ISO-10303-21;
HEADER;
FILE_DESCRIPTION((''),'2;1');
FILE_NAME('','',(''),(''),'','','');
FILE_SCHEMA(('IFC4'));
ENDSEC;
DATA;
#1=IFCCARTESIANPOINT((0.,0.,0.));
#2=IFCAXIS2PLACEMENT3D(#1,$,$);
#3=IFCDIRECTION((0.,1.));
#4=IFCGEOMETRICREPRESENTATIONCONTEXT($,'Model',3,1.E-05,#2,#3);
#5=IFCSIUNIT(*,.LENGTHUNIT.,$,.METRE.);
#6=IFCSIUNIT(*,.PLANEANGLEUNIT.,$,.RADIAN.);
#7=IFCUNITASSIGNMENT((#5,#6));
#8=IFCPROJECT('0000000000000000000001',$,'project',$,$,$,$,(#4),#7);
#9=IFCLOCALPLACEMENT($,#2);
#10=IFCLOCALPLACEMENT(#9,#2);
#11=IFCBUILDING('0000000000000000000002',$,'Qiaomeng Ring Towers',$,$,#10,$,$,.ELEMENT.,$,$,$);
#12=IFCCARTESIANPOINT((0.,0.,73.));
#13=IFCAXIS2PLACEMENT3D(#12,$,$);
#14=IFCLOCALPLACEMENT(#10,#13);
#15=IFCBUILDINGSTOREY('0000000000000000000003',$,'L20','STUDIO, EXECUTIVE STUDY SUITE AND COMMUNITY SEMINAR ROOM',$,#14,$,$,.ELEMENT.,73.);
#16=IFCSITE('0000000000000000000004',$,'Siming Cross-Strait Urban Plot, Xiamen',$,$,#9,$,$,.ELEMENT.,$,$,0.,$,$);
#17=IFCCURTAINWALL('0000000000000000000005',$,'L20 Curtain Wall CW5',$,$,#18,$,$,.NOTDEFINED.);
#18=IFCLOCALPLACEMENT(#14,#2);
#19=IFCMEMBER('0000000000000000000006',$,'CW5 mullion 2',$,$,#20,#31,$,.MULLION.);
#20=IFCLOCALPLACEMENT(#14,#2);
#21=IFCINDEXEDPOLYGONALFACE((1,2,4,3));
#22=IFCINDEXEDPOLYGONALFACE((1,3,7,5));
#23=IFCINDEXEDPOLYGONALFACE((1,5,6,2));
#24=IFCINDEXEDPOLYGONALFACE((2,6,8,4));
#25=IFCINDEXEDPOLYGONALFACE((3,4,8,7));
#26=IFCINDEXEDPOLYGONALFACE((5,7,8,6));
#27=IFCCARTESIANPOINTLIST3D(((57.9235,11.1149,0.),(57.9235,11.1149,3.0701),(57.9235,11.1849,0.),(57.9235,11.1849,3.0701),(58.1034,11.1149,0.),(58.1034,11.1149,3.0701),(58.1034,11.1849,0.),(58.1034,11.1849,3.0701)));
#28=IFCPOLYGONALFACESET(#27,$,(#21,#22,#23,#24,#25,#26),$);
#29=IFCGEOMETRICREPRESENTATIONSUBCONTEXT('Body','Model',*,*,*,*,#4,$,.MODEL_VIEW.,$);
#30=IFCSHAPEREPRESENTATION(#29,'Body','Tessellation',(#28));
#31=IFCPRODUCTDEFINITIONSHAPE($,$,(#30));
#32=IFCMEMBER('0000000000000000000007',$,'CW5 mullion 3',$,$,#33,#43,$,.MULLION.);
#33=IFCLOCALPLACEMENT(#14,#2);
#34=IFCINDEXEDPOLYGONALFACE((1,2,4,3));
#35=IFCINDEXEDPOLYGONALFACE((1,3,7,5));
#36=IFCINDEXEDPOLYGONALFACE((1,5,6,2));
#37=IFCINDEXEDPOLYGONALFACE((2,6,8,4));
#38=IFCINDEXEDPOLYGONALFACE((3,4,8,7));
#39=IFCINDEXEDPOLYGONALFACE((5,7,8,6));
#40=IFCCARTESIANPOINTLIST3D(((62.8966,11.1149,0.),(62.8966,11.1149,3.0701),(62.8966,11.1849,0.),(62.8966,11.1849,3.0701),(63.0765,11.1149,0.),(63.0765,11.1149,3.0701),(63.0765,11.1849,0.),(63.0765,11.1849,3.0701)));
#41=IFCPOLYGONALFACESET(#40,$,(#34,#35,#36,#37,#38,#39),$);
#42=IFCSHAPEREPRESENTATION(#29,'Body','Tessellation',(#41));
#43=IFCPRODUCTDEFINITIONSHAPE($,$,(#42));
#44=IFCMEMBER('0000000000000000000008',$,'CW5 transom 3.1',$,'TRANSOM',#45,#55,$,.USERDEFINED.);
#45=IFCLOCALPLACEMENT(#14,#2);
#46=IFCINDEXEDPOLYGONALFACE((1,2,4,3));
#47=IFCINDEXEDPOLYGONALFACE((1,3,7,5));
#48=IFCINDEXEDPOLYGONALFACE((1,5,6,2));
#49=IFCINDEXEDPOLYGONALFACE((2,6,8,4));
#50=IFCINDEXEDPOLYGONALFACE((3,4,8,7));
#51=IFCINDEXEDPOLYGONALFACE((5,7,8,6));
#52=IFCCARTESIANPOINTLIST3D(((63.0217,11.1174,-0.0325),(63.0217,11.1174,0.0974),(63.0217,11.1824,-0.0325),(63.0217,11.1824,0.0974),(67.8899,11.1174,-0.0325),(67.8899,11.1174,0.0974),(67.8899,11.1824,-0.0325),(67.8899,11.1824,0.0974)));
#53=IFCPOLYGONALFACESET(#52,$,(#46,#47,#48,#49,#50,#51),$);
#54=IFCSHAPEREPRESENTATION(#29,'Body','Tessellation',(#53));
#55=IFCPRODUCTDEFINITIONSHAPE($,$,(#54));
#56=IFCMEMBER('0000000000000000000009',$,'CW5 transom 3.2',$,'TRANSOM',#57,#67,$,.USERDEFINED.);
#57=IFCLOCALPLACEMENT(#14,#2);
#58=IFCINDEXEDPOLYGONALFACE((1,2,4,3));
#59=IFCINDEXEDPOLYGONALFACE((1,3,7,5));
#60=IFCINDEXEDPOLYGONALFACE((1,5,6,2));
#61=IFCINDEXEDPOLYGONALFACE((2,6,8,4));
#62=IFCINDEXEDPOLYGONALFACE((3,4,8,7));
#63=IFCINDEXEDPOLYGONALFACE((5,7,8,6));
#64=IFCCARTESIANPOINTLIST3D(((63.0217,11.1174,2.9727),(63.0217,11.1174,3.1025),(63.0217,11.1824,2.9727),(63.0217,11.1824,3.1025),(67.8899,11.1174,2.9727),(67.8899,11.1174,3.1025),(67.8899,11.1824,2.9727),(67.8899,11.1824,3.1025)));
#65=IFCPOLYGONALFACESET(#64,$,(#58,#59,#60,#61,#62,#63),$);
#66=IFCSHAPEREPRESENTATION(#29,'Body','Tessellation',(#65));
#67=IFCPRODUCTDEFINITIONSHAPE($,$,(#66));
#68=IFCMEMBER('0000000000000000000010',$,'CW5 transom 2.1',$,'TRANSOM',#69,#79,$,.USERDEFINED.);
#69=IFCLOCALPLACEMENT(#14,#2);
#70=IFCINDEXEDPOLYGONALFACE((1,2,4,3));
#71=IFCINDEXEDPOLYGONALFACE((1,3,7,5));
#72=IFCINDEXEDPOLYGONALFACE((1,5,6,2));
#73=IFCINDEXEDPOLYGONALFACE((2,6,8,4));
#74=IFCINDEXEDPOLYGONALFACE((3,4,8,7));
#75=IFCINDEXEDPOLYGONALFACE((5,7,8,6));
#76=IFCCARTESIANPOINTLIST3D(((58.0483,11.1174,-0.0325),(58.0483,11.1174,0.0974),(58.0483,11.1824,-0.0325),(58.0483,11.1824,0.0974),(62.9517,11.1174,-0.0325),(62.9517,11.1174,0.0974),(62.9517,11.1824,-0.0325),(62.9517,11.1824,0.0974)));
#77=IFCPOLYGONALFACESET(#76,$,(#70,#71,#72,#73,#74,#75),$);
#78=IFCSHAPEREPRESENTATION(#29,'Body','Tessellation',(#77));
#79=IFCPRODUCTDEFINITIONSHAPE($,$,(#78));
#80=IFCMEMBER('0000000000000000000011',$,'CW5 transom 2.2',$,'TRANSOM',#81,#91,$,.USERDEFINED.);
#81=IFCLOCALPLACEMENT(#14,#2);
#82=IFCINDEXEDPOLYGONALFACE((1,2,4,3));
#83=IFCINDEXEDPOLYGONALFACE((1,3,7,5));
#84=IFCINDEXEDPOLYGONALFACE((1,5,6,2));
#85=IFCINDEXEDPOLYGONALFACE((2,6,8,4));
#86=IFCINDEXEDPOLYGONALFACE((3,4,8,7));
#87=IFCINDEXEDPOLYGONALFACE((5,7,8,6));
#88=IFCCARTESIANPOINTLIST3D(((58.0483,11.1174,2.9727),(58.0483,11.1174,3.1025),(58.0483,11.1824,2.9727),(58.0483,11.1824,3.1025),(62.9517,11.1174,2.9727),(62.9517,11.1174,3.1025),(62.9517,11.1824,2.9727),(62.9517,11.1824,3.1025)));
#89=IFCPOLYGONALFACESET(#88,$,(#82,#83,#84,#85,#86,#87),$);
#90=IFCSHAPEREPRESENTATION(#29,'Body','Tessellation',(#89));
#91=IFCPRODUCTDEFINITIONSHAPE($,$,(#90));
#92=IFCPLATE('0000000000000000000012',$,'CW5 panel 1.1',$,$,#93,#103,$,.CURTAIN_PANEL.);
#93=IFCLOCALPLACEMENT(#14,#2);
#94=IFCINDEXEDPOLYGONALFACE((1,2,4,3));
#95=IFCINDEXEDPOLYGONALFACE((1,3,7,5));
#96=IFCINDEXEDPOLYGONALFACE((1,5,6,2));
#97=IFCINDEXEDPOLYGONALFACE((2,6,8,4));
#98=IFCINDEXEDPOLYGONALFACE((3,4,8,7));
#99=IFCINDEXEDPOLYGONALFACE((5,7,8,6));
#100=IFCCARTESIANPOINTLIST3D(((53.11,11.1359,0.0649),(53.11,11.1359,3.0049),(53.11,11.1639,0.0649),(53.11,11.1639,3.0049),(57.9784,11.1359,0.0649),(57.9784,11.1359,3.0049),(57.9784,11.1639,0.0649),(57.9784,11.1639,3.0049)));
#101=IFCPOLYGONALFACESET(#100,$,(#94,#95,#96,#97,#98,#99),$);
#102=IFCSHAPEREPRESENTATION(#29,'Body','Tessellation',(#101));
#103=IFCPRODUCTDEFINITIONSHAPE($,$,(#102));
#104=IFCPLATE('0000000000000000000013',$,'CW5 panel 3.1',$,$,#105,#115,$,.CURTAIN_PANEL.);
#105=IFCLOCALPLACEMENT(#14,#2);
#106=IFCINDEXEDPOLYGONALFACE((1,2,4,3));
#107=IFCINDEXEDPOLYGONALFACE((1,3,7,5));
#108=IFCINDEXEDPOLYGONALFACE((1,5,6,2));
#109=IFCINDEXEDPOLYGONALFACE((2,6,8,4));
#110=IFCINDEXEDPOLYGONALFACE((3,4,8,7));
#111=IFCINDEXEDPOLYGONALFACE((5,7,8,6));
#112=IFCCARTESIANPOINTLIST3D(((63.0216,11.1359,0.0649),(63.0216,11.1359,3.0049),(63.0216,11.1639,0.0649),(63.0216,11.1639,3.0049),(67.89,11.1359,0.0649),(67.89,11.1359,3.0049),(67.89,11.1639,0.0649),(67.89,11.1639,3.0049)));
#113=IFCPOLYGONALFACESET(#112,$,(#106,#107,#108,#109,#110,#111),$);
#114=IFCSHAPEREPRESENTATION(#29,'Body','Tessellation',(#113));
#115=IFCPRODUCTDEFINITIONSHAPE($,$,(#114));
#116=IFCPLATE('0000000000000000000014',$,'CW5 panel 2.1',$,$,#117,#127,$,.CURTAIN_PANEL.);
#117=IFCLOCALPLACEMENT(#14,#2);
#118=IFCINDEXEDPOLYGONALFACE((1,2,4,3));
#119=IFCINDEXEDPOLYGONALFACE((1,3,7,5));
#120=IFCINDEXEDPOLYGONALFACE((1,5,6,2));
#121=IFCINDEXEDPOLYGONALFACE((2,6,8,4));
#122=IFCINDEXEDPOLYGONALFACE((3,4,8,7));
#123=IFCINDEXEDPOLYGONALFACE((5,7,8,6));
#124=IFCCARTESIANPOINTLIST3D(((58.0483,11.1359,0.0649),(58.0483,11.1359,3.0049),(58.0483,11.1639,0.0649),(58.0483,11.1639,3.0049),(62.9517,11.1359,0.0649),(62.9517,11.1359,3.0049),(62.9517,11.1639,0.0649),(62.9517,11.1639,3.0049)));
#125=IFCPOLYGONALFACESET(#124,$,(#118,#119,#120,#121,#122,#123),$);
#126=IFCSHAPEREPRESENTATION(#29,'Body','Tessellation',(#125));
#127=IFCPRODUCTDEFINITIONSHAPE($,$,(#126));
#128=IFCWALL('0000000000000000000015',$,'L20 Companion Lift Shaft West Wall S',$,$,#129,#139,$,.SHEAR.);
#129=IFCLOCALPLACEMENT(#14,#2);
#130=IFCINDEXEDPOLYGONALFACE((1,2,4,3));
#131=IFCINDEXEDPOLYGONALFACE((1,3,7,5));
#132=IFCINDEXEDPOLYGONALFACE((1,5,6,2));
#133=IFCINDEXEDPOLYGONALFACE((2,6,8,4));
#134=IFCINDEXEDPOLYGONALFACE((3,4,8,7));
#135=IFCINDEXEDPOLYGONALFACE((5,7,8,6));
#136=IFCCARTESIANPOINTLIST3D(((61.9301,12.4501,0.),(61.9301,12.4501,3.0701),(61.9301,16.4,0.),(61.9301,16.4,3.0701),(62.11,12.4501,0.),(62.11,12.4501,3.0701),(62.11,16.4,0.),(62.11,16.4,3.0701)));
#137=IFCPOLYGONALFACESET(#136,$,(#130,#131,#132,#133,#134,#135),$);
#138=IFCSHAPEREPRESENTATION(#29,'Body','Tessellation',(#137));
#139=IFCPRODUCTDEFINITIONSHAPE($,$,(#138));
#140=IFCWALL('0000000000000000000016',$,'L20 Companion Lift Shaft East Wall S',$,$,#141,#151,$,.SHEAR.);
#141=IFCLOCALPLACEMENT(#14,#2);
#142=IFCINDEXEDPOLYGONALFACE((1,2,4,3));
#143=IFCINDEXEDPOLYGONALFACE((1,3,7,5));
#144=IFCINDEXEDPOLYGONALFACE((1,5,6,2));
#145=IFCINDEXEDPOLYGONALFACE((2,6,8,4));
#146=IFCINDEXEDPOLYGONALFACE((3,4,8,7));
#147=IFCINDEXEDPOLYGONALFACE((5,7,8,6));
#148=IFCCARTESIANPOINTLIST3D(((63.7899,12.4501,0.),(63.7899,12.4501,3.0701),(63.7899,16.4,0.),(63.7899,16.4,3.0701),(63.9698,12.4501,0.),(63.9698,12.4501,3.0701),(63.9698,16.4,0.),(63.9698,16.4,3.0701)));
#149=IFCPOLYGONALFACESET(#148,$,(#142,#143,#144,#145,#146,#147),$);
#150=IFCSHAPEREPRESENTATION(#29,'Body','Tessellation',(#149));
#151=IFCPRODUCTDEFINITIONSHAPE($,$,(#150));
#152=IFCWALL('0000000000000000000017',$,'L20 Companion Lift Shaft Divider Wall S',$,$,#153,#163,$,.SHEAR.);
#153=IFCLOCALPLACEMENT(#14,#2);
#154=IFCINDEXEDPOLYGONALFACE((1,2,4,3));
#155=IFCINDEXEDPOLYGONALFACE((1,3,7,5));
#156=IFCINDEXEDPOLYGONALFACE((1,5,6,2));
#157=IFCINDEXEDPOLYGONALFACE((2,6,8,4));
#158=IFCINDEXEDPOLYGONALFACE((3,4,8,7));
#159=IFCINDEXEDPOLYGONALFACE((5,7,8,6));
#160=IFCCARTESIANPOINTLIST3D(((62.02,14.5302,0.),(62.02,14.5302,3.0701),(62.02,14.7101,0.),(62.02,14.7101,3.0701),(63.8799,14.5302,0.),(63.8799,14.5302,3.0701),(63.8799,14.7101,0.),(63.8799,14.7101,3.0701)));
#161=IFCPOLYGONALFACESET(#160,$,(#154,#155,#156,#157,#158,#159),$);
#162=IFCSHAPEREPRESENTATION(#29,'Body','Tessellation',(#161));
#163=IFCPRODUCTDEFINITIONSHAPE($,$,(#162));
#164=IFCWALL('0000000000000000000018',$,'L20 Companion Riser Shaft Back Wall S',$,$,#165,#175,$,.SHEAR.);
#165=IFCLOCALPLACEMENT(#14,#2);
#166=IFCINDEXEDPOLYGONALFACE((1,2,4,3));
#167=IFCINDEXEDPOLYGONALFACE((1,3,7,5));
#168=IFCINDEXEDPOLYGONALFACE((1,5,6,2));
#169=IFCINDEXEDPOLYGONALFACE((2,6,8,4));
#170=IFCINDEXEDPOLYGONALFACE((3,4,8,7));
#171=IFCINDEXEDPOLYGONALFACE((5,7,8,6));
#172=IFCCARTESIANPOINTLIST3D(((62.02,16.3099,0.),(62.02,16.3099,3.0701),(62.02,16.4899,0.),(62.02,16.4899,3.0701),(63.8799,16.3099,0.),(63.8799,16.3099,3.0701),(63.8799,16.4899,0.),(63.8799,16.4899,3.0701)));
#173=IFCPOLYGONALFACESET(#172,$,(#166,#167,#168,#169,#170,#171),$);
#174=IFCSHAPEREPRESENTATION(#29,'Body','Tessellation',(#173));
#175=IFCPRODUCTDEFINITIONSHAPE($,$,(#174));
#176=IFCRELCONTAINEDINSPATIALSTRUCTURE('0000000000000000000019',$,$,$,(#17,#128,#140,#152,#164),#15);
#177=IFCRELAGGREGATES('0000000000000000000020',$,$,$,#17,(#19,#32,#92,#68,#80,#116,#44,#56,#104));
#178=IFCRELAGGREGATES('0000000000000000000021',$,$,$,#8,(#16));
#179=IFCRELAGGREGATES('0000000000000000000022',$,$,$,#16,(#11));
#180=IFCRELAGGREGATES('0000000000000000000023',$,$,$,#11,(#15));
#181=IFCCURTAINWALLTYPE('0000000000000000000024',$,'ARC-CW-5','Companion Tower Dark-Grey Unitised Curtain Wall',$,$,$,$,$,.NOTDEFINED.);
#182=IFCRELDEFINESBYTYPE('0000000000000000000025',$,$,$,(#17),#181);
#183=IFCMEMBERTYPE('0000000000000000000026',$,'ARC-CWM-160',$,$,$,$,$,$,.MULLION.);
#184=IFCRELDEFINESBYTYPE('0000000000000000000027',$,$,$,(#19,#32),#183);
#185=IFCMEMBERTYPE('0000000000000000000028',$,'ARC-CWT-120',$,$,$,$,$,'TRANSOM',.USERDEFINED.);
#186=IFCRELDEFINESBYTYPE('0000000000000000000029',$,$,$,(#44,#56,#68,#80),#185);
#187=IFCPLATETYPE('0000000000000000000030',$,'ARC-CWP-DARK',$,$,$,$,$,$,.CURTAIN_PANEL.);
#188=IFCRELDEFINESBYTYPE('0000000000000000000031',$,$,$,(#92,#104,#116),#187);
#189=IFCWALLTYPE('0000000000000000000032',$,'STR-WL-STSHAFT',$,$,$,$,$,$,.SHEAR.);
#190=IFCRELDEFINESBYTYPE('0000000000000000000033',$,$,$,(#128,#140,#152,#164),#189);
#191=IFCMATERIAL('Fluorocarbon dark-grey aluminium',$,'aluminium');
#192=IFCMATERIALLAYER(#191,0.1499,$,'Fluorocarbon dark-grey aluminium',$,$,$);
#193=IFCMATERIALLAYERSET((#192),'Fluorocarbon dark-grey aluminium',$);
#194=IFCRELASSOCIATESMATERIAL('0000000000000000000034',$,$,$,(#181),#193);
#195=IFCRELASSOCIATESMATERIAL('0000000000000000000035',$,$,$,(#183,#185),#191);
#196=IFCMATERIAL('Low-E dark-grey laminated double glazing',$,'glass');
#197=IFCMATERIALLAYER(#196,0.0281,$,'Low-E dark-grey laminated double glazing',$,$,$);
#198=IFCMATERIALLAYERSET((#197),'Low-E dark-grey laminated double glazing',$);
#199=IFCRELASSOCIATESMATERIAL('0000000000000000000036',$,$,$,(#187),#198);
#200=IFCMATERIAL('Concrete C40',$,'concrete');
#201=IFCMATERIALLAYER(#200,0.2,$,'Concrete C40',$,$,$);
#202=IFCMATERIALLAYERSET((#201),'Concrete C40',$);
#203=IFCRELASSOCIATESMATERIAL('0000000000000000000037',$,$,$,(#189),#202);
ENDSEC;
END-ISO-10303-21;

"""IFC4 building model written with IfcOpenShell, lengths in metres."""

from ifc_helpers import new_model, si_unit, direction, frame, frame_2d, origin, origin_2d, place, context, subcontext, project, spatial, rectangle, extrude, source, transform, mapped, material, layer, layer_set, material_profile, profile_set, type_object, element, aggregate, save


model = new_model("IFC4")

# Units and contexts
model_context = context("Model", 3, precision=1e-05, world=origin(), true_north=direction((0.0, 1.0)))
body_context = subcontext(model_context, "Body", "Model", "MODEL_VIEW")
ifc_project = project(units=[si_unit("LENGTHUNIT", "METRE"), si_unit("PLANEANGLEUNIT", "RADIAN")], contexts=[model_context])

# Site, building, storey
site_placement = place(None, origin())
site = spatial("IfcSite", under=ifc_project, at=site_placement, Name="Siming Cross-Strait Urban Plot, Xiamen", CompositionType="ELEMENT", RefElevation=0.0)
building_placement = place(site_placement, origin())
building = spatial("IfcBuilding", under=site, at=building_placement, Name="Qiaomeng Ring Towers", CompositionType="ELEMENT")
storey_placement = place(building_placement, frame((0.0, 0.0, 73.0)))
storey = spatial("IfcBuildingStorey", under=building, at=storey_placement, Name="L20", Description="STUDIO, EXECUTIVE STUDY SUITE AND COMMUNITY SEMINAR ROOM", CompositionType="ELEMENT", Elevation=73.0)

# Curtain wall, members, plates
ifc_material_1 = material(Name="Fluorocarbon dark-grey aluminium", Category="aluminium")
ifc_layer_1 = layer(ifc_material_1, 0.1499, Name="Fluorocarbon dark-grey aluminium")
ifc_layer_set_1 = layer_set([ifc_layer_1], Name="Fluorocarbon dark-grey aluminium")
curtain_wall_type = type_object("IfcCurtainWallType", Name="ARC-CW-5", Description="Companion Tower Dark-Grey Unitised Curtain Wall", PredefinedType="NOTDEFINED", material=ifc_layer_set_1)
curtain_wall_placement = place(storey_placement, origin())
curtain_wall = element("IfcCurtainWall", 1, at=curtain_wall_placement, inside=storey, type_object=curtain_wall_type, Name="L20 Curtain Wall CW5", PredefinedType="NOTDEFINED")
ifc_material_profile_1 = material_profile(ifc_material_1, rectangle(XDim=0.0701, YDim=0.1799, at=origin_2d()), Name="ALU MULL 70x180")
ifc_profile_set_1 = profile_set([ifc_material_profile_1], Name="Fluorocarbon dark-grey aluminium")
member_type_1 = type_object("IfcMemberType", Name="ARC-CWM-160", PredefinedType="MULLION", material=ifc_profile_set_1)
shared_shape_1 = source(origin(), body_context, "Body", "SweptSolid", [
    extrude(rectangle(XDim=0.0701, YDim=0.1799, at=origin_2d()), origin(), (0.0, 0.0, 1.0), 3.0701),
])
member_1_placement = place(storey_placement, frame((58.0134, 11.1499, 0.0), z_axis=(0.0, 0.0, 1.0), x_axis=(0.0, 1.0, 0.0)))
member_1 = element("IfcMember", 2, at=member_1_placement, type_object=member_type_1, Name="CW5 mullion 2", PredefinedType="MULLION", context=body_context, shape_type="MappedRepresentation", body=[
    mapped(shared_shape_1, transform((0.0, 0.0, 0.0), x_axis=(1.0, 0.0, 0.0), y_axis=(0.0, 1.0, 0.0), z_axis=(0.0, 0.0, 1.0), scale=1.0)),
])
member_2_placement = place(storey_placement, frame((62.9866, 11.1499, 0.0), z_axis=(0.0, 0.0, 1.0), x_axis=(0.0, 1.0, 0.0)))
member_2 = element("IfcMember", 3, at=member_2_placement, type_object=member_type_1, Name="CW5 mullion 3", PredefinedType="MULLION", context=body_context, shape_type="MappedRepresentation", body=[
    mapped(shared_shape_1, transform((0.0, 0.0, 0.0), x_axis=(1.0, 0.0, 0.0), y_axis=(0.0, 1.0, 0.0), z_axis=(0.0, 0.0, 1.0), scale=1.0)),
])
ifc_material_profile_2 = material_profile(ifc_material_1, rectangle(XDim=0.0649, YDim=0.1299, at=origin_2d()), Name="ALU TRAN 65x130")
ifc_profile_set_2 = profile_set([ifc_material_profile_2], Name="Fluorocarbon dark-grey aluminium")
member_type_2 = type_object("IfcMemberType", Name="ARC-CWT-120", ElementType="TRANSOM", PredefinedType="USERDEFINED", material=ifc_profile_set_2)
shared_shape_2 = source(origin(), body_context, "Body", "SweptSolid", [
    extrude(rectangle(XDim=0.0649, YDim=0.1299, at=origin_2d()), origin(), (0.0, 0.0, 1.0), 4.8682),
])
member_3_placement = place(storey_placement, frame((63.0217, 11.1499, 0.0325), z_axis=(1.0, 0.0, 0.0), x_axis=(0.0, 1.0, 0.0)))
member_3 = element("IfcMember", 4, at=member_3_placement, type_object=member_type_2, Name="CW5 transom 3.1", ObjectType="TRANSOM", PredefinedType="USERDEFINED", context=body_context, shape_type="MappedRepresentation", body=[
    mapped(shared_shape_2, transform((0.0, 0.0, 0.0), x_axis=(1.0, 0.0, 0.0), y_axis=(0.0, 1.0, 0.0), z_axis=(0.0, 0.0, 1.0), scale=1.0)),
])
member_4_placement = place(storey_placement, frame((63.0217, 11.1499, 3.0376), z_axis=(1.0, 0.0, 0.0), x_axis=(0.0, 1.0, 0.0)))
member_4 = element("IfcMember", 5, at=member_4_placement, type_object=member_type_2, Name="CW5 transom 3.2", ObjectType="TRANSOM", PredefinedType="USERDEFINED", context=body_context, shape_type="MappedRepresentation", body=[
    mapped(shared_shape_2, transform((0.0, 0.0, 0.0), x_axis=(1.0, 0.0, 0.0), y_axis=(0.0, 1.0, 0.0), z_axis=(0.0, 0.0, 1.0), scale=1.0)),
])
shared_shape_3 = source(origin(), body_context, "Body", "SweptSolid", [
    extrude(rectangle(XDim=0.0649, YDim=0.1299, at=origin_2d()), origin(), (0.0, 0.0, 1.0), 4.9033),
])
member_5_placement = place(storey_placement, frame((58.0483, 11.1499, 0.0325), z_axis=(1.0, 0.0, 0.0), x_axis=(0.0, 1.0, 0.0)))
member_5 = element("IfcMember", 6, at=member_5_placement, type_object=member_type_2, Name="CW5 transom 2.1", ObjectType="TRANSOM", PredefinedType="USERDEFINED", context=body_context, shape_type="MappedRepresentation", body=[
    mapped(shared_shape_3, transform((0.0, 0.0, 0.0), x_axis=(1.0, 0.0, 0.0), y_axis=(0.0, 1.0, 0.0), z_axis=(0.0, 0.0, 1.0), scale=1.0)),
])
member_6_placement = place(storey_placement, frame((58.0483, 11.1499, 3.0376), z_axis=(1.0, 0.0, 0.0), x_axis=(0.0, 1.0, 0.0)))
member_6 = element("IfcMember", 7, at=member_6_placement, type_object=member_type_2, Name="CW5 transom 2.2", ObjectType="TRANSOM", PredefinedType="USERDEFINED", context=body_context, shape_type="MappedRepresentation", body=[
    mapped(shared_shape_3, transform((0.0, 0.0, 0.0), x_axis=(1.0, 0.0, 0.0), y_axis=(0.0, 1.0, 0.0), z_axis=(0.0, 0.0, 1.0), scale=1.0)),
])
ifc_material_2 = material(Name="Low-E dark-grey laminated double glazing", Category="glass")
ifc_layer_2 = layer(ifc_material_2, 0.0281, Name="Low-E dark-grey laminated double glazing")
ifc_layer_set_2 = layer_set([ifc_layer_2], Name="Low-E dark-grey laminated double glazing")
plate_type = type_object("IfcPlateType", Name="ARC-CWP-DARK", PredefinedType="CURTAIN_PANEL", material=ifc_layer_set_2)
shared_shape_4 = source(origin(), body_context, "Body", "SweptSolid", [
    extrude(rectangle(XDim=4.8684, YDim=0.0281, at=origin_2d()), origin(), (0.0, 0.0, 1.0), 2.9399),
])
plate_1_placement = place(storey_placement, frame((55.5442, 11.1499, 0.0649), z_axis=(0.0, 0.0, 1.0), x_axis=(1.0, 0.0, 0.0)))
plate_1 = element("IfcPlate", 8, at=plate_1_placement, type_object=plate_type, Name="CW5 panel 1.1", PredefinedType="CURTAIN_PANEL", context=body_context, shape_type="MappedRepresentation", body=[
    mapped(shared_shape_4, transform((0.0, 0.0, 0.0), x_axis=(1.0, 0.0, 0.0), y_axis=(0.0, 1.0, 0.0), z_axis=(0.0, 0.0, 1.0), scale=1.0)),
])
plate_2_placement = place(storey_placement, frame((65.4558, 11.1499, 0.0649), z_axis=(0.0, 0.0, 1.0), x_axis=(1.0, 0.0, 0.0)))
plate_2 = element("IfcPlate", 9, at=plate_2_placement, type_object=plate_type, Name="CW5 panel 3.1", PredefinedType="CURTAIN_PANEL", context=body_context, shape_type="MappedRepresentation", body=[
    mapped(shared_shape_4, transform((0.0, 0.0, 0.0), x_axis=(1.0, 0.0, 0.0), y_axis=(0.0, 1.0, 0.0), z_axis=(0.0, 0.0, 1.0), scale=1.0)),
])
shared_shape_5 = source(origin(), body_context, "Body", "SweptSolid", [
    extrude(rectangle(XDim=4.9033, YDim=0.0281, at=origin_2d()), origin(), (0.0, 0.0, 1.0), 2.9399),
])
plate_3_placement = place(storey_placement, frame((60.5, 11.1499, 0.0649), z_axis=(0.0, 0.0, 1.0), x_axis=(1.0, 0.0, 0.0)))
plate_3 = element("IfcPlate", 10, at=plate_3_placement, type_object=plate_type, Name="CW5 panel 2.1", PredefinedType="CURTAIN_PANEL", context=body_context, shape_type="MappedRepresentation", body=[
    mapped(shared_shape_5, transform((0.0, 0.0, 0.0), x_axis=(1.0, 0.0, 0.0), y_axis=(0.0, 1.0, 0.0), z_axis=(0.0, 0.0, 1.0), scale=1.0)),
])
aggregate(curtain_wall, [member_1, member_2, plate_1, member_5, member_6, plate_3, member_3, member_4, plate_2])

# Walls
ifc_material_3 = material(Name="Concrete C40", Category="concrete")
ifc_layer_3 = layer(ifc_material_3, 0.2, Name="Concrete C40")
ifc_layer_set_3 = layer_set([ifc_layer_3], Name="Concrete C40")
wall_type_1 = type_object("IfcWallType", Name="STR-WL-STSHAFT", PredefinedType="SHEAR", material=ifc_layer_set_3)
for number, where, z_axis, x_axis, name in (
    (11, (62.02, 12.45, 0.0), (0.0, 0.0, 1.0), (0.0, 1.0, 0.0), "L20 Companion Lift Shaft West Wall S"),
    (12, (63.8799, 12.45, 0.0), (0.0, 0.0, 1.0), (0.0, 1.0, 0.0), "L20 Companion Lift Shaft East Wall S"),
):
    element("IfcWall", number, at=place(storey_placement, frame(where, z_axis=z_axis, x_axis=x_axis)), inside=storey, type_object=wall_type_1, Name=name, PredefinedType="SHEAR", context=body_context, shape_type="SweptSolid", body=[
        extrude(rectangle(XDim=3.95, YDim=0.1799, at=frame_2d((1.9751, 0.0))), origin(), (0.0, 0.0, 1.0), 3.0701),
    ])
for number, where, z_axis, x_axis, name in (
    (13, (62.02, 14.6201, 0.0), (0.0, 0.0, 1.0), (1.0, 0.0, 0.0), "L20 Companion Lift Shaft Divider Wall S"),
    (14, (62.02, 16.3999, 0.0), (0.0, 0.0, 1.0), (1.0, 0.0, 0.0), "L20 Companion Riser Shaft Back Wall S"),
):
    element("IfcWall", number, at=place(storey_placement, frame(where, z_axis=z_axis, x_axis=x_axis)), inside=storey, type_object=wall_type_1, Name=name, PredefinedType="SHEAR", context=body_context, shape_type="SweptSolid", body=[
        extrude(rectangle(XDim=1.8599, YDim=0.1799, at=frame_2d((0.9299, 0.0))), origin(), (0.0, 0.0, 1.0), 3.0701),
    ])

save(model, "model.ifc")
